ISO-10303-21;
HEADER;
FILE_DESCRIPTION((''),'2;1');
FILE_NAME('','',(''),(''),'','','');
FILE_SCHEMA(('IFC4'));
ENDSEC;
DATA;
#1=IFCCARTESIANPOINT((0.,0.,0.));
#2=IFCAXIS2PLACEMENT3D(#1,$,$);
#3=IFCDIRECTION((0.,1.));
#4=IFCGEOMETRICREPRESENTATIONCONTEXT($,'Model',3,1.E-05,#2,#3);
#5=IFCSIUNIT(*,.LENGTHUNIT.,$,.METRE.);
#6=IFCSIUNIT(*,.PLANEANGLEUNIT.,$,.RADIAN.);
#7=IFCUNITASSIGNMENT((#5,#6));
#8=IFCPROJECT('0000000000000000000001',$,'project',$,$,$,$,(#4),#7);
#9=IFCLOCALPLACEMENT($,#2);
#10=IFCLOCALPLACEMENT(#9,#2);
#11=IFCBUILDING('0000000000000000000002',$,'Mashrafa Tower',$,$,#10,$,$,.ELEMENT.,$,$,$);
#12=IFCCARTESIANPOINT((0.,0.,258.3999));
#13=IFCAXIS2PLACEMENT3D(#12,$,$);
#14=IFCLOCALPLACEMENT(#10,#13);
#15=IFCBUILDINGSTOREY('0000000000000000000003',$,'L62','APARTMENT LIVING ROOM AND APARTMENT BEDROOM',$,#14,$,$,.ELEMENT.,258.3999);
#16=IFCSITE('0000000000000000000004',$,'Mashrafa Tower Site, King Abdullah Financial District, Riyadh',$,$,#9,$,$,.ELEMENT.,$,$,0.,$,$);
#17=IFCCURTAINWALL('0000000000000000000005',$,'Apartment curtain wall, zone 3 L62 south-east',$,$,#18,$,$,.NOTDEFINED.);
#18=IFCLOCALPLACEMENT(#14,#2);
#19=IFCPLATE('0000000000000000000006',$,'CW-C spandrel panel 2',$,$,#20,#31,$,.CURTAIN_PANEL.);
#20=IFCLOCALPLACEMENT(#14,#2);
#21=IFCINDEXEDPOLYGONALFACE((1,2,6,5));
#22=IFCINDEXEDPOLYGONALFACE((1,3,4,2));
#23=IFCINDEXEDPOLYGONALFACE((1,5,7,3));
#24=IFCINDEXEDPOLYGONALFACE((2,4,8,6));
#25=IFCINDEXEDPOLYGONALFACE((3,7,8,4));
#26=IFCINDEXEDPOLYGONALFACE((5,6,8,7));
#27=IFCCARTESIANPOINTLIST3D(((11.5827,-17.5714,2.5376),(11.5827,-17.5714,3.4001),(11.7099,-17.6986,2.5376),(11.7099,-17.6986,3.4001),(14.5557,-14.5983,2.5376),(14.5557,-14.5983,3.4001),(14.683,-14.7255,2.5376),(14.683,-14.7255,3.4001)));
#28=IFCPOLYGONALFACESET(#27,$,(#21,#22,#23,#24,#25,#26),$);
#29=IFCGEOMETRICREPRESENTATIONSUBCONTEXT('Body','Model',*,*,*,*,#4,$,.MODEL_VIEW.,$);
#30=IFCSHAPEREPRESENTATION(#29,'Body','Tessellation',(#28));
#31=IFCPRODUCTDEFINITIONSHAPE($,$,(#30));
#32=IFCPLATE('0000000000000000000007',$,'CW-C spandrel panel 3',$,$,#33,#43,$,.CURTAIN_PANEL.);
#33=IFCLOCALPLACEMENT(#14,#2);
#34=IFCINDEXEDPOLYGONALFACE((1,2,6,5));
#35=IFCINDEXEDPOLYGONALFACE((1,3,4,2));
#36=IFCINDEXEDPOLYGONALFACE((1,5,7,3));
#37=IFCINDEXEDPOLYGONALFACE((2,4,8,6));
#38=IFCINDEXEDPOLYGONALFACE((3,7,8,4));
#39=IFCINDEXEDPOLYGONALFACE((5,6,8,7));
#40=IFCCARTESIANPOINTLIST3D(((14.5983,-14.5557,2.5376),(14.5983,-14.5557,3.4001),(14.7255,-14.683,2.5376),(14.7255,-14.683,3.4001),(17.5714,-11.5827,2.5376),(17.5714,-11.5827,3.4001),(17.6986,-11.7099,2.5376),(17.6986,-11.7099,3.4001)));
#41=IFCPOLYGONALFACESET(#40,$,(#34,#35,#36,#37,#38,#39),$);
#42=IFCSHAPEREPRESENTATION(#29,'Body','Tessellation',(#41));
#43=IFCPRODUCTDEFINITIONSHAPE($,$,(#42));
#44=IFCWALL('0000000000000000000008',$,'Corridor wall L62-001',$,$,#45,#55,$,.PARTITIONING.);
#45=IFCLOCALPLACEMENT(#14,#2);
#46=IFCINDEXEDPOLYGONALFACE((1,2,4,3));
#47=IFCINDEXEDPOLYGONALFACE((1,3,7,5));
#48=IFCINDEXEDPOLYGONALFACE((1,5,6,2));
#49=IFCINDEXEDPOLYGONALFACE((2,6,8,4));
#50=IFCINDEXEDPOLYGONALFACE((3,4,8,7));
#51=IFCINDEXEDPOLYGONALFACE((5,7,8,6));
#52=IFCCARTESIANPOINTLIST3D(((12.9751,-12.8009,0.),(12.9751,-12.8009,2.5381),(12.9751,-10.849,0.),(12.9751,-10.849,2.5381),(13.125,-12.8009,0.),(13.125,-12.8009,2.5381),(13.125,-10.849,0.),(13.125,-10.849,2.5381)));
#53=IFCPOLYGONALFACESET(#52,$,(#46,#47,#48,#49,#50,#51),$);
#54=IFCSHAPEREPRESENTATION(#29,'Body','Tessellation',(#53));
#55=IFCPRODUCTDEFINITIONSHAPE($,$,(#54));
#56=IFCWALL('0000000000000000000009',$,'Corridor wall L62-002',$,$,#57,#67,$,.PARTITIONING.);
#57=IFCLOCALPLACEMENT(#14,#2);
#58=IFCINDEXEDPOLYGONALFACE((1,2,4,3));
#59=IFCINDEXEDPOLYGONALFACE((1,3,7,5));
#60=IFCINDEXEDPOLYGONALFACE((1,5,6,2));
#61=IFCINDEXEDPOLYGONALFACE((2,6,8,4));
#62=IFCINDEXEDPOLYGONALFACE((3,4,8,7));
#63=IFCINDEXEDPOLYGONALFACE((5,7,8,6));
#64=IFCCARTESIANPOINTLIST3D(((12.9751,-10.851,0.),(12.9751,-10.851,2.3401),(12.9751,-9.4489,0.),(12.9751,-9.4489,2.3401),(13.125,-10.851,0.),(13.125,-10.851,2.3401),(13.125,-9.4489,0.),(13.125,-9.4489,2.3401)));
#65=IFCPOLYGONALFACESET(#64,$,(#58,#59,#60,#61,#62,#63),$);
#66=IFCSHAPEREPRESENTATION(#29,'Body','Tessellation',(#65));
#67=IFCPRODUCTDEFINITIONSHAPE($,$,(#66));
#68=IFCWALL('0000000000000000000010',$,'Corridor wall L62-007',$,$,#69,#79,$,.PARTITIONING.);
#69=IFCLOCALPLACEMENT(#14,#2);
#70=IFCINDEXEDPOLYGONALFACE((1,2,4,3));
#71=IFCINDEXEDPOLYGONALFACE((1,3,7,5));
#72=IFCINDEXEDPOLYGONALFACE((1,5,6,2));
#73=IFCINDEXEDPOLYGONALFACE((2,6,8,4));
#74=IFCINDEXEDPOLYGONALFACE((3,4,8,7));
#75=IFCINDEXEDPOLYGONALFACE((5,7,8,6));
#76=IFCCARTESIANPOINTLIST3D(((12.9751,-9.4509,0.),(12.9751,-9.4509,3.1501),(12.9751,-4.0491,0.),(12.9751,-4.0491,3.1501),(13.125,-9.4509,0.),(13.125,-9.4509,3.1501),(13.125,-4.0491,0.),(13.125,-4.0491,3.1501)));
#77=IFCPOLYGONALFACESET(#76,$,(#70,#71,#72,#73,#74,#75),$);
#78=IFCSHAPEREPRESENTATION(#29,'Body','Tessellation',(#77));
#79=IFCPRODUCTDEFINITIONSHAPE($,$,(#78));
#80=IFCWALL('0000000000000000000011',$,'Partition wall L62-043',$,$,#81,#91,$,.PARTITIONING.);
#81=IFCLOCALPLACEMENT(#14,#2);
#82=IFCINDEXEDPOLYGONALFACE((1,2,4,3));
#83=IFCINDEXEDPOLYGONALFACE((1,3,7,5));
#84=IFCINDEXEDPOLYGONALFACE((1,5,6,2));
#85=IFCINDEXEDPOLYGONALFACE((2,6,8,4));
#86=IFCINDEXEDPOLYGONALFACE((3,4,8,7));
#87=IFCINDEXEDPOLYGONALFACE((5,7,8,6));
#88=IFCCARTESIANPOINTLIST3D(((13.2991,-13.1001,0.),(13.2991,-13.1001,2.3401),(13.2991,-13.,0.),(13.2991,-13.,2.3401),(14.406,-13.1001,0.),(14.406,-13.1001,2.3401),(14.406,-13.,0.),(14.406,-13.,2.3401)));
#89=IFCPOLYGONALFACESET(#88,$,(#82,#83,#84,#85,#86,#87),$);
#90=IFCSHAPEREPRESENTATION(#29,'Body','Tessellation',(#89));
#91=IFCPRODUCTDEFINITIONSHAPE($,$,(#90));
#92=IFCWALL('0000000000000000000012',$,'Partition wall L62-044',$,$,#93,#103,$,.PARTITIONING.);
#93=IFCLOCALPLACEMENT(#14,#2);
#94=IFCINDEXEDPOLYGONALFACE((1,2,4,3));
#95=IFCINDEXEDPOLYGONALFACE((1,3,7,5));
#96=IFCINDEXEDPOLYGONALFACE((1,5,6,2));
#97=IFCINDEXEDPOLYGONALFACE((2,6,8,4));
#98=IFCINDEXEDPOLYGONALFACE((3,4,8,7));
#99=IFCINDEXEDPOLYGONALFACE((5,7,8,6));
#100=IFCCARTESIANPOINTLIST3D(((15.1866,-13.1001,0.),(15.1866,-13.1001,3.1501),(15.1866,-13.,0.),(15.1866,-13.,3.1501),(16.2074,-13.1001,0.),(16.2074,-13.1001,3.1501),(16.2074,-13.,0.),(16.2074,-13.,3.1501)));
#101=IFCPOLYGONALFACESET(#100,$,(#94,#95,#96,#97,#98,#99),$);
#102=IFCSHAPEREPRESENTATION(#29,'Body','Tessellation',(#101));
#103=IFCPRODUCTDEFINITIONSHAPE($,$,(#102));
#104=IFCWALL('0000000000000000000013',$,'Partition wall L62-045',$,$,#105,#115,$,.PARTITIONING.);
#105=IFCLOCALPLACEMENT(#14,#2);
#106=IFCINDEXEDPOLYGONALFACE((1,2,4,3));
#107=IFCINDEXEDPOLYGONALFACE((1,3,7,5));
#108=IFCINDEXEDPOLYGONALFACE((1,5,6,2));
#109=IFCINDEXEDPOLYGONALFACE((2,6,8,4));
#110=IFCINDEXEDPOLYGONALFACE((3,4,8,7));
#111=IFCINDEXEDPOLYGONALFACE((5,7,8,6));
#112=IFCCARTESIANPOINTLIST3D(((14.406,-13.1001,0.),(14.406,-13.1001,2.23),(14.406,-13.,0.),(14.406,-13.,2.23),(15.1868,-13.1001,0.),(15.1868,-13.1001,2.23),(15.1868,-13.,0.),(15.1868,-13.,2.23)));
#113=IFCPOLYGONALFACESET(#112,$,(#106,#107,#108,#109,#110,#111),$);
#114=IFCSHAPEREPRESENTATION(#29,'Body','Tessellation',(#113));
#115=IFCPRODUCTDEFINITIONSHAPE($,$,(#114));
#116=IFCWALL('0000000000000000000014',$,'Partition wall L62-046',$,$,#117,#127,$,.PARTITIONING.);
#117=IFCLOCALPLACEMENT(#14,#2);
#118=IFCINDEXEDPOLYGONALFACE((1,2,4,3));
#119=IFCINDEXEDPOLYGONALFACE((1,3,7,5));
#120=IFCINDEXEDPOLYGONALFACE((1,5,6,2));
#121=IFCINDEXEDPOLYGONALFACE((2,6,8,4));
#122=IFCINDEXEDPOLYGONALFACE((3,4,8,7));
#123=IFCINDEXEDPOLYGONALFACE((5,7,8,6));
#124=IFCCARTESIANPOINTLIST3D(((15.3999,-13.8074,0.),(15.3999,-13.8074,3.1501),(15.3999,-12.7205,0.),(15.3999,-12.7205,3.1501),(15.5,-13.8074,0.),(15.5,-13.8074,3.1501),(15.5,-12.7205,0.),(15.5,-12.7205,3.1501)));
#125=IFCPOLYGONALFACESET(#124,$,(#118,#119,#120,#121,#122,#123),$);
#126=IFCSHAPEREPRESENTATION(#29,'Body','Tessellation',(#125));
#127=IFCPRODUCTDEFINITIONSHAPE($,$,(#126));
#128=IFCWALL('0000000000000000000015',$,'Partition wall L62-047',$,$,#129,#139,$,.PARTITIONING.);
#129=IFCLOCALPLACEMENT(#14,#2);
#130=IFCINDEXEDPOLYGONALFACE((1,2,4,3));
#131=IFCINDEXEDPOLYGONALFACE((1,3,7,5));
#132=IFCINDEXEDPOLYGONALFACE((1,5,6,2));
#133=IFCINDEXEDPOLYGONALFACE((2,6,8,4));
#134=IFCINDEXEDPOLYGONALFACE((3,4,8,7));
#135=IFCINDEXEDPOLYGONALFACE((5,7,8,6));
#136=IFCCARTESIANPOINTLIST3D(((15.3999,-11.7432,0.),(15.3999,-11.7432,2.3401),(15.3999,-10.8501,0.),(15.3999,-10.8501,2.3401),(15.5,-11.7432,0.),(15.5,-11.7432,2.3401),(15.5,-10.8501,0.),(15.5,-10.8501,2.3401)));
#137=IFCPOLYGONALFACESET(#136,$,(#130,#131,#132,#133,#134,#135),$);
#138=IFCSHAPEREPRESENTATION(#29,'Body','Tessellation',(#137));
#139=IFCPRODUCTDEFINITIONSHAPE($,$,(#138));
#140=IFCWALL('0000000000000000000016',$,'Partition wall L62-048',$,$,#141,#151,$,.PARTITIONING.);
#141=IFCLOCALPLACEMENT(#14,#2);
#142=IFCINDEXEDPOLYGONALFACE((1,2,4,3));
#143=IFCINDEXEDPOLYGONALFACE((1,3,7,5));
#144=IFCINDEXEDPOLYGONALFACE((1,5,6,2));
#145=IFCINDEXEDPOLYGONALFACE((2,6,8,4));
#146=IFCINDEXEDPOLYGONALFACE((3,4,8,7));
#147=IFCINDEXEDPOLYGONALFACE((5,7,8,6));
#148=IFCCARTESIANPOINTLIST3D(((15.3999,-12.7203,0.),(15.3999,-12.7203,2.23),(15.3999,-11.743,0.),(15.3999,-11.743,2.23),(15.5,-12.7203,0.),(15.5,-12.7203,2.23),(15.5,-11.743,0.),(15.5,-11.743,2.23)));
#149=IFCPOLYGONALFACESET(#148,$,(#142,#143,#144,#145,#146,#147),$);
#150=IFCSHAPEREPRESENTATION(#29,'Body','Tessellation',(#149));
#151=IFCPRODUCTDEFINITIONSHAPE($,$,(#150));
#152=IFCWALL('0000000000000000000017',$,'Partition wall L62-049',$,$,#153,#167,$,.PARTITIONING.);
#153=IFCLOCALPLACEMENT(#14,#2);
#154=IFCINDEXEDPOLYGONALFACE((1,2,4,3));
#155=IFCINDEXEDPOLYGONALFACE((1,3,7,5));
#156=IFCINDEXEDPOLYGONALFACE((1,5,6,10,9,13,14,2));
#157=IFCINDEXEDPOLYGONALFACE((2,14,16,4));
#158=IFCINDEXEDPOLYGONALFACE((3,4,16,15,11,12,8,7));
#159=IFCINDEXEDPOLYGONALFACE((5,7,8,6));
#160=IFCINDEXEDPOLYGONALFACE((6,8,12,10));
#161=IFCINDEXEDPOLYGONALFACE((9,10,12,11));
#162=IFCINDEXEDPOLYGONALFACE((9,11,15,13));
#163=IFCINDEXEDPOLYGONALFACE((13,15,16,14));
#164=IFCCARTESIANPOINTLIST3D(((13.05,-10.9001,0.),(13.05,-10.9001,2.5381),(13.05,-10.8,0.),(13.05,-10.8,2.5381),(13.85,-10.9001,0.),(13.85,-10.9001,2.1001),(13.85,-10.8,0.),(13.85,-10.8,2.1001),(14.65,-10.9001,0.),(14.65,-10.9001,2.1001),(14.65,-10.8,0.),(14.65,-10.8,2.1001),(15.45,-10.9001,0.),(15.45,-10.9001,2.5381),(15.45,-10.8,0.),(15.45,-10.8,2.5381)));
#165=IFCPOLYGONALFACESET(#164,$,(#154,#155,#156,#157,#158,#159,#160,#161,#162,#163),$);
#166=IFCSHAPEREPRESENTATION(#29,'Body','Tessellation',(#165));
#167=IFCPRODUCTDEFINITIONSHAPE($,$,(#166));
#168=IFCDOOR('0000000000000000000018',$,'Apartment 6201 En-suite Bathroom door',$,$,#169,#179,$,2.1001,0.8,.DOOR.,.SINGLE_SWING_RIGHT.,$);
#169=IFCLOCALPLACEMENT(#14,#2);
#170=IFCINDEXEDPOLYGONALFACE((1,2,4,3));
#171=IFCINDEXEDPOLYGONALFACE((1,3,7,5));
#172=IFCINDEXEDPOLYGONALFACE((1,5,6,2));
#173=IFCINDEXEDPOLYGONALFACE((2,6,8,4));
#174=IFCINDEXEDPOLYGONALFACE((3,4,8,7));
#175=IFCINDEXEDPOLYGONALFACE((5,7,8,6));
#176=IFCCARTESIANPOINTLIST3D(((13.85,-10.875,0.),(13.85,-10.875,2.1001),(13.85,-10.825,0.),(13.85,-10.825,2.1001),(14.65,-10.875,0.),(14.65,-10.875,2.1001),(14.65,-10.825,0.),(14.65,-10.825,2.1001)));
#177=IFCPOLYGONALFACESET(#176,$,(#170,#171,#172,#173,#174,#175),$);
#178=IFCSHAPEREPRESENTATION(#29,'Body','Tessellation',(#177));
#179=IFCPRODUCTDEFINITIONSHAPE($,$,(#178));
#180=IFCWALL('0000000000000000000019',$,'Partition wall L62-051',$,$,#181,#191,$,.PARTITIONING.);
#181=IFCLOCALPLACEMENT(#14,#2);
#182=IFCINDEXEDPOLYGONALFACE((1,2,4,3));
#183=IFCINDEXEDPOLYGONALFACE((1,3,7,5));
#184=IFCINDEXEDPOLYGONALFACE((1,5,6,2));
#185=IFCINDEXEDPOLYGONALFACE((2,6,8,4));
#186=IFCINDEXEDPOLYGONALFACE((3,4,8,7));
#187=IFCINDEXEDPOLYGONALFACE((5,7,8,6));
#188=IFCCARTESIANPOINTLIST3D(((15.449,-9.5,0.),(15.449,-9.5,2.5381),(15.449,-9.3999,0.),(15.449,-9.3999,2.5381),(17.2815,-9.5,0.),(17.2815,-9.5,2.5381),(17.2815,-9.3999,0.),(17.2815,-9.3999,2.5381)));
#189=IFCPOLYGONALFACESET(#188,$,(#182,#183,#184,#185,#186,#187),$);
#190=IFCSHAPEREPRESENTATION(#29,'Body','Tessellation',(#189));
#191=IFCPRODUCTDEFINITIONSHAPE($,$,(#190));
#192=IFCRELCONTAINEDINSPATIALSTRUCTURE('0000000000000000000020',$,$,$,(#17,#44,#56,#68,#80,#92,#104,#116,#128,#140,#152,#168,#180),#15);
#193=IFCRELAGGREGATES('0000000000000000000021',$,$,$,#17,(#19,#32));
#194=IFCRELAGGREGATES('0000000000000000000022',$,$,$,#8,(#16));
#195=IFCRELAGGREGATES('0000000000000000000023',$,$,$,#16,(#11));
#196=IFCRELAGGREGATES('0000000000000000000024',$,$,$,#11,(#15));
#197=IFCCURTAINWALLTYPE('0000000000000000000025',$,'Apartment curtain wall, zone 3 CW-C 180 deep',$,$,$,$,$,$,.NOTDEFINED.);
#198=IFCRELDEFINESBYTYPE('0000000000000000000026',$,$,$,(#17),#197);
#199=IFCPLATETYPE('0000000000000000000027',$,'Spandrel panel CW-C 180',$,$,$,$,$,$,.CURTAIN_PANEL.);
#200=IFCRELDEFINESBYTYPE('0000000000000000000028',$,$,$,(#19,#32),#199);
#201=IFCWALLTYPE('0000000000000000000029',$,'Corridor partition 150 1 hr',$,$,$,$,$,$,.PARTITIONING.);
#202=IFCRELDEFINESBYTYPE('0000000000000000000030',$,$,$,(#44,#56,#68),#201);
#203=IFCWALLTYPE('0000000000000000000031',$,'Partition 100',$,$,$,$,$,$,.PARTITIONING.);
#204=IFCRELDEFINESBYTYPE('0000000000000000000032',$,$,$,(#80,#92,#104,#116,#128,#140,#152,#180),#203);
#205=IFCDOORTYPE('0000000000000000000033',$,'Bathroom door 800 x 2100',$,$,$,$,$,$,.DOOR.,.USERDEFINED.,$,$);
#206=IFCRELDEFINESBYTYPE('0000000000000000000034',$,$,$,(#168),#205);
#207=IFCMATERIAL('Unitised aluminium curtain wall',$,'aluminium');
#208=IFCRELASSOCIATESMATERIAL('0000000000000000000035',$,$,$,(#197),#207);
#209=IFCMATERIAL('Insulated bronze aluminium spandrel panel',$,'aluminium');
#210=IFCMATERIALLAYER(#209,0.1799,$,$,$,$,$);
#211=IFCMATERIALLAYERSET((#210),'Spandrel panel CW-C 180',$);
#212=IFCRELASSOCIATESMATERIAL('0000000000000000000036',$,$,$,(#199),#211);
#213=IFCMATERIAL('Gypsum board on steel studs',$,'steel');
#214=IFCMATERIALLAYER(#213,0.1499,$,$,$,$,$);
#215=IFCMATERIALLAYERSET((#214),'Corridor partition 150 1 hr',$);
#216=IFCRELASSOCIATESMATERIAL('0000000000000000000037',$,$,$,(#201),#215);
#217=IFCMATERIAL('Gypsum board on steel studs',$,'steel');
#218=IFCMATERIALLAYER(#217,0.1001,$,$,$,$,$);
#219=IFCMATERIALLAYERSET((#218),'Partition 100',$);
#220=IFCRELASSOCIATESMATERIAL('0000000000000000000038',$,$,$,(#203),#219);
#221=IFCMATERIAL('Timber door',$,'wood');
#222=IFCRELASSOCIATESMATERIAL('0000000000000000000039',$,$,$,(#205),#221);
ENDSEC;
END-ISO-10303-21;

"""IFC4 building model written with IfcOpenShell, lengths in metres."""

from ifc_helpers import new_model, si_unit, direction, frame, frame_2d, origin, origin_2d, place, context, subcontext, project, spatial, rectangle, extrude, source, transform, mapped, material, layer, layer_set, type_object, element, fill, aggregate, save


model = new_model("IFC4")

# Units and contexts
model_context = context("Model", 3, precision=1e-05, world=origin(), true_north=direction((0.0, 1.0)))
body_context = subcontext(model_context, "Body", "Model", "MODEL_VIEW")
ifc_project = project(units=[si_unit("LENGTHUNIT", "METRE"), si_unit("PLANEANGLEUNIT", "RADIAN")], contexts=[model_context])

# Site, building, storey
site_placement = place(None, origin())
site = spatial("IfcSite", under=ifc_project, at=site_placement, Name="Mashrafa Tower Site, King Abdullah Financial District, Riyadh", CompositionType="ELEMENT", RefElevation=0.0)
building_placement = place(site_placement, origin())
building = spatial("IfcBuilding", under=site, at=building_placement, Name="Mashrafa Tower", CompositionType="ELEMENT")
storey_placement = place(building_placement, frame((0.0, 0.0, 258.3999)))
storey = spatial("IfcBuildingStorey", under=building, at=storey_placement, Name="L62", Description="APARTMENT LIVING ROOM AND APARTMENT BEDROOM", CompositionType="ELEMENT", Elevation=258.3999)

# Curtain wall, plates
ifc_material_1 = material(Name="Unitised aluminium curtain wall", Category="aluminium")
curtain_wall_type = type_object("IfcCurtainWallType", Name="Apartment curtain wall, zone 3 CW-C 180 deep", PredefinedType="NOTDEFINED", material=ifc_material_1)
curtain_wall_placement = place(storey_placement, origin())
curtain_wall = element("IfcCurtainWall", 1, at=curtain_wall_placement, inside=storey, type_object=curtain_wall_type, Name="Apartment curtain wall, zone 3 L62 south-east", PredefinedType="NOTDEFINED")
ifc_material_2 = material(Name="Insulated bronze aluminium spandrel panel", Category="aluminium")
ifc_layer_1 = layer(ifc_material_2, 0.1799)
ifc_layer_set_1 = layer_set([ifc_layer_1], Name="Spandrel panel CW-C 180")
plate_type_1 = type_object("IfcPlateType", Name="Spandrel panel CW-C 180", PredefinedType="CURTAIN_PANEL", material=ifc_layer_set_1)
shared_shape_1 = source(origin(), body_context, "Body", "SweptSolid", [
    extrude(rectangle(XDim=4.2046, YDim=0.1799, at=origin_2d()), origin(), (0.0, 0.0, 1.0), 0.8625),
])
plate_1_placement = place(storey_placement, frame((13.1328, -16.1484, 2.5376), z_axis=(0.0, 0.0, 1.0), x_axis=(0.707107, 0.707107, 0.0)))
plate_1 = element("IfcPlate", 2, at=plate_1_placement, type_object=plate_type_1, Name="CW-C spandrel panel 2", PredefinedType="CURTAIN_PANEL", context=body_context, shape_type="MappedRepresentation", body=[
    mapped(shared_shape_1, transform((0.0, 0.0, 0.0))),
])
plate_2_placement = place(storey_placement, frame((16.1484, -13.1328, 2.5376), z_axis=(0.0, 0.0, 1.0), x_axis=(0.707107, 0.707107, 0.0)))
plate_2 = element("IfcPlate", 3, at=plate_2_placement, type_object=plate_type_1, Name="CW-C spandrel panel 3", PredefinedType="CURTAIN_PANEL", context=body_context, shape_type="MappedRepresentation", body=[
    mapped(shared_shape_1, transform((0.0, 0.0, 0.0))),
])
aggregate(curtain_wall, [plate_1, plate_2])

# Walls
ifc_material_3 = material(Name="Gypsum board on steel studs", Category="steel")
ifc_layer_2 = layer(ifc_material_3, 0.1499)
ifc_layer_set_2 = layer_set([ifc_layer_2], Name="Corridor partition 150 1 hr")
wall_type_1 = type_object("IfcWallType", Name="Corridor partition 150 1 hr", PredefinedType="PARTITIONING", material=ifc_layer_set_2)
wall_1_placement = place(storey_placement, frame((13.05, -12.801, 0.0), z_axis=(0.0, 0.0, 1.0), x_axis=(0.0, 1.0, 0.0)))
element("IfcWall", 4, at=wall_1_placement, inside=storey, type_object=wall_type_1, Name="Corridor wall L62-001", PredefinedType="PARTITIONING", context=body_context, shape_type="SweptSolid", body=[
    extrude(rectangle(XDim=1.9519, YDim=0.1499, at=frame_2d((0.9761, 0.0))), origin(), (0.0, 0.0, 1.0), 2.5381),
])
wall_2_placement = place(storey_placement, frame((13.05, -10.8511, 0.0), z_axis=(0.0, 0.0, 1.0), x_axis=(0.0, 1.0, 0.0)))
element("IfcWall", 5, at=wall_2_placement, inside=storey, type_object=wall_type_1, Name="Corridor wall L62-002", PredefinedType="PARTITIONING", context=body_context, shape_type="SweptSolid", body=[
    extrude(rectangle(XDim=1.4021, YDim=0.1499, at=frame_2d((0.7012, 0.0))), origin(), (0.0, 0.0, 1.0), 2.3401),
])
wall_3_placement = place(storey_placement, frame((13.05, -9.4509, 0.0), z_axis=(0.0, 0.0, 1.0), x_axis=(0.0, 1.0, 0.0)))
element("IfcWall", 6, at=wall_3_placement, inside=storey, type_object=wall_type_1, Name="Corridor wall L62-007", PredefinedType="PARTITIONING", context=body_context, shape_type="SweptSolid", body=[
    extrude(rectangle(XDim=5.4019, YDim=0.1499, at=frame_2d((2.7009, 0.0))), origin(), (0.0, 0.0, 1.0), 3.1501),
])
ifc_material_4 = material(Name="Gypsum board on steel studs", Category="steel")
ifc_layer_3 = layer(ifc_material_4, 0.1001)
ifc_layer_set_3 = layer_set([ifc_layer_3], Name="Partition 100")
wall_type_2 = type_object("IfcWallType", Name="Partition 100", PredefinedType="PARTITIONING", material=ifc_layer_set_3)
wall_4_placement = place(storey_placement, frame((13.2991, -13.05, 0.0), z_axis=(0.0, 0.0, 1.0), x_axis=(1.0, 0.0, 0.0)))
element("IfcWall", 7, at=wall_4_placement, inside=storey, type_object=wall_type_2, Name="Partition wall L62-043", PredefinedType="PARTITIONING", context=body_context, shape_type="SweptSolid", body=[
    extrude(rectangle(XDim=1.1069, YDim=0.1001, at=frame_2d((0.5535, 0.0))), origin(), (0.0, 0.0, 1.0), 2.3401),
])
wall_5_placement = place(storey_placement, frame((15.1868, -13.05, 0.0), z_axis=(0.0, 0.0, 1.0), x_axis=(1.0, 0.0, 0.0)))
element("IfcWall", 8, at=wall_5_placement, inside=storey, type_object=wall_type_2, Name="Partition wall L62-044", PredefinedType="PARTITIONING", context=body_context, shape_type="SweptSolid", body=[
    extrude(rectangle(XDim=1.0208, YDim=0.1001, at=frame_2d((0.5103, 0.0))), origin(), (0.0, 0.0, 1.0), 3.1501),
])
wall_6_placement = place(storey_placement, frame((14.406, -13.05, 0.0), z_axis=(0.0, 0.0, 1.0), x_axis=(1.0, 0.0, 0.0)))
element("IfcWall", 9, at=wall_6_placement, inside=storey, type_object=wall_type_2, Name="Partition wall L62-045", PredefinedType="PARTITIONING", context=body_context, shape_type="SweptSolid", body=[
    extrude(rectangle(XDim=0.7808, YDim=0.1001, at=frame_2d((0.3904, 0.0))), origin(), (0.0, 0.0, 1.0), 2.23),
])
wall_7_placement = place(storey_placement, frame((15.45, -13.8074, 0.0), z_axis=(0.0, 0.0, 1.0), x_axis=(0.0, 1.0, 0.0)))
element("IfcWall", 10, at=wall_7_placement, inside=storey, type_object=wall_type_2, Name="Partition wall L62-046", PredefinedType="PARTITIONING", context=body_context, shape_type="SweptSolid", body=[
    extrude(rectangle(XDim=1.0869, YDim=0.1001, at=frame_2d((0.5435, 0.0))), origin(), (0.0, 0.0, 1.0), 3.1501),
])
wall_8_placement = place(storey_placement, frame((15.45, -11.7432, 0.0), z_axis=(0.0, 0.0, 1.0), x_axis=(0.0, 1.0, 0.0)))
element("IfcWall", 11, at=wall_8_placement, inside=storey, type_object=wall_type_2, Name="Partition wall L62-047", PredefinedType="PARTITIONING", context=body_context, shape_type="SweptSolid", body=[
    extrude(rectangle(XDim=0.8931, YDim=0.1001, at=frame_2d((0.4465, 0.0))), origin(), (0.0, 0.0, 1.0), 2.3401),
])
wall_9_placement = place(storey_placement, frame((15.45, -12.7205, 0.0), z_axis=(0.0, 0.0, 1.0), x_axis=(0.0, 1.0, 0.0)))
element("IfcWall", 12, at=wall_9_placement, inside=storey, type_object=wall_type_2, Name="Partition wall L62-048", PredefinedType="PARTITIONING", context=body_context, shape_type="SweptSolid", body=[
    extrude(rectangle(XDim=0.9773, YDim=0.1001, at=frame_2d((0.4888, 0.0))), origin(), (0.0, 0.0, 1.0), 2.23),
])

# Wall, opening, door
wall_10_placement = place(storey_placement, frame((15.45, -10.8501, 0.0), z_axis=(0.0, 0.0, 1.0), x_axis=(-1.0, 0.0, 0.0)))
wall_10 = element("IfcWall", 13, at=wall_10_placement, inside=storey, type_object=wall_type_2, Name="Partition wall L62-049", PredefinedType="PARTITIONING", context=body_context, shape_type="SweptSolid", body=[
    extrude(rectangle(XDim=2.3999, YDim=0.1001, at=frame_2d((1.2, 0.0))), origin(), (0.0, 0.0, 1.0), 2.5381),
])
opening_1_placement = place(wall_10_placement, frame((0.8, 0.0, 0.0)))
opening_1 = element("IfcOpeningElement", 14, at=opening_1_placement, cuts=wall_10, PredefinedType="OPENING", context=body_context, shape_type="SweptSolid", body=[
    extrude(rectangle(XDim=0.8, YDim=2.1001, at=frame_2d((0.3999, 1.05))), frame((0.0, 0.0601, 0.0), z_axis=(0.0, -1.0, 0.0), x_axis=(1.0, 0.0, 0.0)), (0.0, 0.0, 1.0), 0.1201),
])
ifc_material_5 = material(Name="Timber door", Category="wood")
door_type_1 = type_object("IfcDoorType", Name="Bathroom door 800 x 2100", OperationType="USERDEFINED", PredefinedType="DOOR", material=ifc_material_5)
door_1_placement = place(opening_1_placement, origin())
door_1 = element("IfcDoor", 15, at=door_1_placement, inside=storey, type_object=door_type_1, Name="Apartment 6201 En-suite Bathroom door", OperationType="SINGLE_SWING_RIGHT", OverallHeight=2.1001, OverallWidth=0.8, PredefinedType="DOOR", context=body_context, shape_type="SweptSolid", body=[
    extrude(rectangle(XDim=0.8, YDim=2.1001, at=frame_2d((0.3999, 1.05))), frame((0.0, 0.0249, 0.0), z_axis=(0.0, -1.0, 0.0), x_axis=(1.0, 0.0, 0.0)), (0.0, 0.0, 1.0), 0.05),
])
fill(opening_1, door_1)

# Wall
wall_11_placement = place(storey_placement, frame((17.2815, -9.45, 0.0), z_axis=(0.0, 0.0, 1.0), x_axis=(-1.0, 0.0, 0.0)))
element("IfcWall", 16, at=wall_11_placement, inside=storey, type_object=wall_type_2, Name="Partition wall L62-051", PredefinedType="PARTITIONING", context=body_context, shape_type="SweptSolid", body=[
    extrude(rectangle(XDim=1.8325, YDim=0.1001, at=frame_2d((0.9163, 0.0))), origin(), (0.0, 0.0, 1.0), 2.5381),
])

save(model, "model.ifc")
